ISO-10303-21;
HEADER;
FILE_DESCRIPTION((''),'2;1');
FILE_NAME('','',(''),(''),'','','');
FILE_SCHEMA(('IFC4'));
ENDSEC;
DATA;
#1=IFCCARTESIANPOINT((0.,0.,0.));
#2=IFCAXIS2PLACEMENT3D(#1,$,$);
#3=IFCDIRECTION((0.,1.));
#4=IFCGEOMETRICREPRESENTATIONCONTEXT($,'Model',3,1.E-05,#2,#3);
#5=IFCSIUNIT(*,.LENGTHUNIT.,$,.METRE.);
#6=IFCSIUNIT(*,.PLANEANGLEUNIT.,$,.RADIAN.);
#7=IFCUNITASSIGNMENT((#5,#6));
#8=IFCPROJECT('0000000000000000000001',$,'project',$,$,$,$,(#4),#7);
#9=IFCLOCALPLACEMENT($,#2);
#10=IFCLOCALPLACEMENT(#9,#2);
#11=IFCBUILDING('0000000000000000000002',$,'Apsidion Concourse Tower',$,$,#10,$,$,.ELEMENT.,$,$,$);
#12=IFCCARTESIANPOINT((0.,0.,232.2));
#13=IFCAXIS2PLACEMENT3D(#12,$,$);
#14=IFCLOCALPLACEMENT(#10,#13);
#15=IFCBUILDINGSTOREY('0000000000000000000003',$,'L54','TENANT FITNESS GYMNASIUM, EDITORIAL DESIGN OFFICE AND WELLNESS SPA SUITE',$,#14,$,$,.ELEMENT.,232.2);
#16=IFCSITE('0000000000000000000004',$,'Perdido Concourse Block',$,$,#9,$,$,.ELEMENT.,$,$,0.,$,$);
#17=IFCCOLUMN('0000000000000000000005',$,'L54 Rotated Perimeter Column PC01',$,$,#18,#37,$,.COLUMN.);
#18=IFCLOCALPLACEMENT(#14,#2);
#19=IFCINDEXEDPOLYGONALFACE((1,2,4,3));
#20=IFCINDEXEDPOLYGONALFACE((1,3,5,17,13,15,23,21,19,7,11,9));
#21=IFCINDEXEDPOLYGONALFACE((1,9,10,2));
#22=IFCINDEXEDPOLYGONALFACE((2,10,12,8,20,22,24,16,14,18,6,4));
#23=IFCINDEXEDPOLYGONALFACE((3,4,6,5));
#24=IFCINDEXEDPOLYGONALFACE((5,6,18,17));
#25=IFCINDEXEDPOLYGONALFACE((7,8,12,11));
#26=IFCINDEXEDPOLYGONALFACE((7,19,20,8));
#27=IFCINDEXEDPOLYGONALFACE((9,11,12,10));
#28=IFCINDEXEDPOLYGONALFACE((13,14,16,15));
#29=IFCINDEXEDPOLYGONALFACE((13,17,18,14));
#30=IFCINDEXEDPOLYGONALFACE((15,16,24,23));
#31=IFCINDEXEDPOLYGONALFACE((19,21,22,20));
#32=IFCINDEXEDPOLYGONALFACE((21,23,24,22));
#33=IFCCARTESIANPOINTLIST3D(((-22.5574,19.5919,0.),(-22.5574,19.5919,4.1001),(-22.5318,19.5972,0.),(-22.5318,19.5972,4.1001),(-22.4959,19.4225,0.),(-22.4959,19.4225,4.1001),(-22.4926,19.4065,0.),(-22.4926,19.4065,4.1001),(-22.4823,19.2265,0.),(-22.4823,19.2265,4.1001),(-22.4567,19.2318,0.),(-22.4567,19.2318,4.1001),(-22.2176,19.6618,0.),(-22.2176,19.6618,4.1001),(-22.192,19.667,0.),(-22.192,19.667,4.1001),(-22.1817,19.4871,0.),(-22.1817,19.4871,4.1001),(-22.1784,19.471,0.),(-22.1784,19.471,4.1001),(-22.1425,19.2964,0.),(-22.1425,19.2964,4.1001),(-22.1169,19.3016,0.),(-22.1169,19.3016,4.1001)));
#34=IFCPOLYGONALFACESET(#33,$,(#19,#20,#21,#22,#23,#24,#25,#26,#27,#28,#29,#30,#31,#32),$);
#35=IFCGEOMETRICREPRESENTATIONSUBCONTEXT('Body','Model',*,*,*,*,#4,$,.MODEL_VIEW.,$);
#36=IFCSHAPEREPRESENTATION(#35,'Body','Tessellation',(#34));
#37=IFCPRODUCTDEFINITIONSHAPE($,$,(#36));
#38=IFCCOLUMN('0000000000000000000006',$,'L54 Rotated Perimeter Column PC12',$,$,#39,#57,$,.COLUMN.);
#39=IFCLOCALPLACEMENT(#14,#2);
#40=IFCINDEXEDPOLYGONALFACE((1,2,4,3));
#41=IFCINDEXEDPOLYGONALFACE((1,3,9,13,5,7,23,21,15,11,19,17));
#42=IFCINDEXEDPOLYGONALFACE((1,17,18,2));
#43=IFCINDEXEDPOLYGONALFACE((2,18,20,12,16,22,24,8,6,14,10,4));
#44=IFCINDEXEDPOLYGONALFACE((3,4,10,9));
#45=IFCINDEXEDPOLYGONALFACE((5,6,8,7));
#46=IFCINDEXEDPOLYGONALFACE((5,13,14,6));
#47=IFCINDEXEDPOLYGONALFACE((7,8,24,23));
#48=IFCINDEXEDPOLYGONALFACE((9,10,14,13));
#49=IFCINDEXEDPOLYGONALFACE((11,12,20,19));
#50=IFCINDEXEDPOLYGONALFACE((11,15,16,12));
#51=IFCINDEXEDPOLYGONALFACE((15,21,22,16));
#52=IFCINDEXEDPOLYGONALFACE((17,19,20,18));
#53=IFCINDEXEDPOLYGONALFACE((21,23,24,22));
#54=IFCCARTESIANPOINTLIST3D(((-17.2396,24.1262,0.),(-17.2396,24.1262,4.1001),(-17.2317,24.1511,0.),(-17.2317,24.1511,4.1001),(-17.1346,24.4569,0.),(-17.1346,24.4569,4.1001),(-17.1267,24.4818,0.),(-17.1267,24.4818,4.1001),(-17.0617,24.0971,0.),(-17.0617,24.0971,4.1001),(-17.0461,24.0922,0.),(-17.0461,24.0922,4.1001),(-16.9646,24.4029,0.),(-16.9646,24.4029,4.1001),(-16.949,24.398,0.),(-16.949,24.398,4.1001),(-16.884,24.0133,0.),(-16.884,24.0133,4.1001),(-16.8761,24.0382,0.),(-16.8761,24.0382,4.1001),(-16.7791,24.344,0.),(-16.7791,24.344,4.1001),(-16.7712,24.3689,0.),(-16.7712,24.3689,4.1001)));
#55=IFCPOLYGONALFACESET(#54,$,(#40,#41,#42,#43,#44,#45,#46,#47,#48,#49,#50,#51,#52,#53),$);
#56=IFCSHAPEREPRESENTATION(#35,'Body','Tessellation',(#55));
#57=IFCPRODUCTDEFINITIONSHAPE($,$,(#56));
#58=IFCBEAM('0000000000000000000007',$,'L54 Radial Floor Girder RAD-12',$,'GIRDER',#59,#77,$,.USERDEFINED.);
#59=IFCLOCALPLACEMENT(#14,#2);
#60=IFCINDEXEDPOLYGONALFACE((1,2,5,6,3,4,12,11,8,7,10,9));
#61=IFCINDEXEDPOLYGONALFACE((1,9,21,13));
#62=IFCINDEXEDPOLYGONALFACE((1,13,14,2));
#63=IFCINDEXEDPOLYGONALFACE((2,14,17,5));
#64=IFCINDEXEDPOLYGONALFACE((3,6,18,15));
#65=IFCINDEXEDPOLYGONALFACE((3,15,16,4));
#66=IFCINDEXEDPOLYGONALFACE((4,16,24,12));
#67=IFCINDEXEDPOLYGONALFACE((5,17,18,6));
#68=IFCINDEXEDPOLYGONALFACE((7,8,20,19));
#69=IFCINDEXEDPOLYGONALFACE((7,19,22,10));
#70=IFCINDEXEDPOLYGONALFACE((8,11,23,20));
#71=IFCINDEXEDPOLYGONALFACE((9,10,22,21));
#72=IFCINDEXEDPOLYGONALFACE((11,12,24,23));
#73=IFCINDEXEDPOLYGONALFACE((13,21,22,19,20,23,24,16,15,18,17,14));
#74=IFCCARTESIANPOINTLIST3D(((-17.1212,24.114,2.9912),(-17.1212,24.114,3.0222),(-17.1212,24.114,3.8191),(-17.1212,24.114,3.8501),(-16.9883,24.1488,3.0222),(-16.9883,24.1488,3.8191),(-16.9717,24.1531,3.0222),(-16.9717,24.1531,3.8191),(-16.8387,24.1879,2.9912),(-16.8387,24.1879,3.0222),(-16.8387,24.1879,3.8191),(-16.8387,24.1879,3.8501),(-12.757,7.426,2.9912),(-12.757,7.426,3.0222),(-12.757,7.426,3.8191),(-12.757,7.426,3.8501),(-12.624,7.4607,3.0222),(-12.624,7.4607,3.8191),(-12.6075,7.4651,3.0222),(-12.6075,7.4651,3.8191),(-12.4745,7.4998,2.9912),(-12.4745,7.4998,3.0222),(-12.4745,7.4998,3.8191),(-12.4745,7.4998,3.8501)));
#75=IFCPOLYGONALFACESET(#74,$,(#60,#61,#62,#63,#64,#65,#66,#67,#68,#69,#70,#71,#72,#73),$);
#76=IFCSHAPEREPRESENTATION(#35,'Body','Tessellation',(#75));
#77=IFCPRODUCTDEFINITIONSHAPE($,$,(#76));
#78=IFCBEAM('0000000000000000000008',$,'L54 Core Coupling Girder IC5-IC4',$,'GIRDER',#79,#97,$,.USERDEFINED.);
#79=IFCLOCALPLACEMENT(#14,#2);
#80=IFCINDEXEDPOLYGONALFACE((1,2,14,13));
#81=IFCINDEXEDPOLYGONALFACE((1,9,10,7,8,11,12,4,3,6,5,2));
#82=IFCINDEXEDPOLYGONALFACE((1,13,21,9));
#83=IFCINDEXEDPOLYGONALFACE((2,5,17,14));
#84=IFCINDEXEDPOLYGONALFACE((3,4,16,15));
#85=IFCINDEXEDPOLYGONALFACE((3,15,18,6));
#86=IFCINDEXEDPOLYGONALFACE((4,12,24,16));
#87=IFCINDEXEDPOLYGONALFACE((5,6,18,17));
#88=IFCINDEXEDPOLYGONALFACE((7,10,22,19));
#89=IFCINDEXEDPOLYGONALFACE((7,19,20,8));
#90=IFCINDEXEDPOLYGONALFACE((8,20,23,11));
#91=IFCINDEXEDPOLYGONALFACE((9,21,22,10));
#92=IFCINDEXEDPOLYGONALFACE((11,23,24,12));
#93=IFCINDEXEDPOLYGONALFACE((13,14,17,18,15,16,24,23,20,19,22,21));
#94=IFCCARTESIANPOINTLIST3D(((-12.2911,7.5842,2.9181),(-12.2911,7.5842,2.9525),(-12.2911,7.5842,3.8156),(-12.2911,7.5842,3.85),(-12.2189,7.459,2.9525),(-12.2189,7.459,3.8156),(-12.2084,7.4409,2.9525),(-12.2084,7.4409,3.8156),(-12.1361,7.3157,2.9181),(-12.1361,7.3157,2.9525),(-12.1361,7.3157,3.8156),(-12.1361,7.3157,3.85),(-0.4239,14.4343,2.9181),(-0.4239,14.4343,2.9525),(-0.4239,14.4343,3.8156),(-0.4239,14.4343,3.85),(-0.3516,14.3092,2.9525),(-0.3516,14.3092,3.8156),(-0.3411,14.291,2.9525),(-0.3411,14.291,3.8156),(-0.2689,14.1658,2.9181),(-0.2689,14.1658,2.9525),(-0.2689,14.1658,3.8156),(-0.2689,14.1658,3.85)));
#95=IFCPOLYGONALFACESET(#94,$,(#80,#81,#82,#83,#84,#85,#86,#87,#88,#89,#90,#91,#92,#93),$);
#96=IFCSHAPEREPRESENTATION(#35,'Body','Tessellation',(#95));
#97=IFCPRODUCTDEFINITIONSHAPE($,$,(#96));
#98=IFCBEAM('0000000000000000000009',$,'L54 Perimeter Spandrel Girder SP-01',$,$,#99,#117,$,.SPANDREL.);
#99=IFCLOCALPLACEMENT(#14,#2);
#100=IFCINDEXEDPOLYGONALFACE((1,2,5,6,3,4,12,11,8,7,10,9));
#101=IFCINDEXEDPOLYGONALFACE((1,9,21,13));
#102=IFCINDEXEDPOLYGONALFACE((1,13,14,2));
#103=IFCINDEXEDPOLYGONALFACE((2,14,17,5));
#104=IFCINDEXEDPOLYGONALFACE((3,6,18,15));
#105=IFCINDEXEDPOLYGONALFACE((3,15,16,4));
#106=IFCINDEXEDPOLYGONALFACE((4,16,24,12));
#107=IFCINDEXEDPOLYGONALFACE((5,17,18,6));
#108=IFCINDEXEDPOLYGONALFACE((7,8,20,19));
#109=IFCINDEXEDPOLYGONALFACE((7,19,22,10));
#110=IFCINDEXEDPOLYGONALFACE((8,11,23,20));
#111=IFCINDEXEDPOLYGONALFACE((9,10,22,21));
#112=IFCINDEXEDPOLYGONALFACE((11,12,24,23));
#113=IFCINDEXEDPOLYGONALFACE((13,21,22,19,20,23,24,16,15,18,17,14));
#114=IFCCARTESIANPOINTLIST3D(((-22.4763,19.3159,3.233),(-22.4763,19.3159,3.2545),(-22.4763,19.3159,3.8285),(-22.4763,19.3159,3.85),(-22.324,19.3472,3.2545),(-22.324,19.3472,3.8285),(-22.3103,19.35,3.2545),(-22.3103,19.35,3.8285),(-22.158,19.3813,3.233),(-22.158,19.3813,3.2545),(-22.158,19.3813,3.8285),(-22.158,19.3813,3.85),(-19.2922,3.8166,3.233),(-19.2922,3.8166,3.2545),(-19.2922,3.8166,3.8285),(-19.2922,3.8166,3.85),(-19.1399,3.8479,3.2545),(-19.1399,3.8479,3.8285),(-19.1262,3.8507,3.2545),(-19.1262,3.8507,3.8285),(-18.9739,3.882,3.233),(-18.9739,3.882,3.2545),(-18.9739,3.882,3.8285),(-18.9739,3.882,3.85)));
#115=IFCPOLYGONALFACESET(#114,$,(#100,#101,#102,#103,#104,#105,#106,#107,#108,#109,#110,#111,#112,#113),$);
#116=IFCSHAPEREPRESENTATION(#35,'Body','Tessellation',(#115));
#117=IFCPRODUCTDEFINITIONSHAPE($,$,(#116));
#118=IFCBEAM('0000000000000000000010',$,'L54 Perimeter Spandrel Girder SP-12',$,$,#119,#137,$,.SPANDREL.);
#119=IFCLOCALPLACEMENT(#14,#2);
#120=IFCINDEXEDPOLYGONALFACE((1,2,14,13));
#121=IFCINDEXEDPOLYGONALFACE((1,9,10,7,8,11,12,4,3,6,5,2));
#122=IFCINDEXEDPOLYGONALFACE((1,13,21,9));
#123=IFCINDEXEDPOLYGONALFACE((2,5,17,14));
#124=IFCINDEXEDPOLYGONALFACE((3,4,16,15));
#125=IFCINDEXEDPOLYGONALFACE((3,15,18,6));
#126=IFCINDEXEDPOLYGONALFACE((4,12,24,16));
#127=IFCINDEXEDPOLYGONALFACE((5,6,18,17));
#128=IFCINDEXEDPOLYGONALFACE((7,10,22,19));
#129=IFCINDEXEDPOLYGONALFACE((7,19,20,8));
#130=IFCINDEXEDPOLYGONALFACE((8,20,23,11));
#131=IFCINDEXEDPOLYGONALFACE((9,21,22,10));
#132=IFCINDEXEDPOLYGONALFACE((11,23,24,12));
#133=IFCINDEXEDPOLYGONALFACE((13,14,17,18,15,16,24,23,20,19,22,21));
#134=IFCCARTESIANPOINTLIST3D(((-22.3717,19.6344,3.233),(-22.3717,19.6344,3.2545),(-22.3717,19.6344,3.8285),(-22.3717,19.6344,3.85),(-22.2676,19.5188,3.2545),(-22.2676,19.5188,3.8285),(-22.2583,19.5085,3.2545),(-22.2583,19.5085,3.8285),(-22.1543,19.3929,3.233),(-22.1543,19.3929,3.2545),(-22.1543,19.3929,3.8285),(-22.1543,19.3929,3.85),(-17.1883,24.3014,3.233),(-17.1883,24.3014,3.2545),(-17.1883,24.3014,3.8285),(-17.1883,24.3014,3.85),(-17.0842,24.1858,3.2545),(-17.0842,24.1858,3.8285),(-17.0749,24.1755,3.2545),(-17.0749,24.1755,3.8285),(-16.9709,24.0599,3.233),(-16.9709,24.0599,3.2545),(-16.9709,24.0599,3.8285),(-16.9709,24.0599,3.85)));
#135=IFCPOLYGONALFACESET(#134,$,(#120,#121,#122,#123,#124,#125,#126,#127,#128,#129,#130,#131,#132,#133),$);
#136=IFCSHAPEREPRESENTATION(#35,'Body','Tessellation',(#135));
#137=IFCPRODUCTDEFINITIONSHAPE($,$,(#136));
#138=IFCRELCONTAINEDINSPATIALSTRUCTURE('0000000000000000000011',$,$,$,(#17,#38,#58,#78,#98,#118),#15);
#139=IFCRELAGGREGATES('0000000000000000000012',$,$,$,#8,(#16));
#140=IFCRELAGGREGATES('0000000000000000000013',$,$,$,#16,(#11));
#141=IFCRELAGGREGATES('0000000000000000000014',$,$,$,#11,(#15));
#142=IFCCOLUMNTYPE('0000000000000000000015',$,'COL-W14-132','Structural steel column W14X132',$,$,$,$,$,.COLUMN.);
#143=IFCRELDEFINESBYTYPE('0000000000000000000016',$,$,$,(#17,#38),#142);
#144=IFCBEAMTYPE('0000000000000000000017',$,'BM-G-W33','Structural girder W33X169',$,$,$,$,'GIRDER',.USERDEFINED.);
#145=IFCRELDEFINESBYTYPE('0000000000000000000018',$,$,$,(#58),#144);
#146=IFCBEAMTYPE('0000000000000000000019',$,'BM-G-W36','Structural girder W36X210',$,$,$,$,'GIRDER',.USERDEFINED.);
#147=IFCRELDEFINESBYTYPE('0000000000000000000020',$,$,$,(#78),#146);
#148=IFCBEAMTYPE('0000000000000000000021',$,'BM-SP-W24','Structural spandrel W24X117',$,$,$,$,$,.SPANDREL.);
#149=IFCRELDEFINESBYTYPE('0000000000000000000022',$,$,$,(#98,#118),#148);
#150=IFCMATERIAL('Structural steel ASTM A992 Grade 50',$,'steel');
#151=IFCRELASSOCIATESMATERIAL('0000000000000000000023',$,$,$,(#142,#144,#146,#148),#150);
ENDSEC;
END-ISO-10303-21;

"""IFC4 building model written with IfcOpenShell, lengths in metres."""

from ifc_helpers import new_model, si_unit, direction, frame, origin, origin_2d, place, context, subcontext, project, spatial, i_section, extrude, material, material_profile, profile_set, type_object, element, save


model = new_model("IFC4")

# Units and contexts
model_context = context("Model", 3, precision=1e-05, world=origin(), true_north=direction((0.0, 1.0)))
body_context = subcontext(model_context, "Body", "Model", "MODEL_VIEW")
ifc_project = project(units=[si_unit("LENGTHUNIT", "METRE"), si_unit("PLANEANGLEUNIT", "RADIAN")], contexts=[model_context])

# Site, building, storey
site_placement = place(None, origin())
site = spatial("IfcSite", under=ifc_project, at=site_placement, Name="Perdido Concourse Block", CompositionType="ELEMENT", RefElevation=0.0)
building_placement = place(site_placement, origin())
building = spatial("IfcBuilding", under=site, at=building_placement, Name="Apsidion Concourse Tower", CompositionType="ELEMENT")
storey_placement = place(building_placement, frame((0.0, 0.0, 232.2)))
storey = spatial("IfcBuildingStorey", under=building, at=storey_placement, Name="L54", Description="TENANT FITNESS GYMNASIUM, EDITORIAL DESIGN OFFICE AND WELLNESS SPA SUITE", CompositionType="ELEMENT", Elevation=232.2)

# Columns
ifc_material_1 = material(Name="Structural steel ASTM A992 Grade 50", Category="steel")
ifc_material_profile_1 = material_profile(ifc_material_1, i_section(OverallWidth=0.373, OverallDepth=0.373, WebThickness=0.0164, FlangeThickness=0.0261, at=origin_2d()), Name="W14X132")
ifc_profile_set_1 = profile_set([ifc_material_profile_1], Name="Structural steel ASTM A992 Grade 50")
column_type = type_object("IfcColumnType", Name="COL-W14-132", Description="Structural steel column W14X132", PredefinedType="COLUMN", material=ifc_profile_set_1)
for number, where, z_axis, x_axis, name in (
    (1, (-22.3372, 19.4468, 0.0), (0.0, 0.0, 1.0), (-0.201249, 0.97954, 0.0), "L54 Rotated Perimeter Column PC01"),
    (2, (-17.0054, 24.2476, 0.0), (0.0, 0.0, 1.0), (-0.953138, 0.302536, 0.0), "L54 Rotated Perimeter Column PC12"),
):
    element("IfcColumn", number, at=place(storey_placement, frame(where, z_axis=z_axis, x_axis=x_axis)), inside=storey, type_object=column_type, Name=name, PredefinedType="COLUMN", context=body_context, shape_type="SweptSolid", body=[
        extrude(i_section(OverallWidth=0.373, OverallDepth=0.373, WebThickness=0.0164, FlangeThickness=0.0261, at=origin_2d()), origin(), (0.0, 0.0, 1.0), 4.1001),
    ])

# Beams
ifc_material_profile_2 = material_profile(ifc_material_1, i_section(OverallWidth=0.292, OverallDepth=0.8589, WebThickness=0.0171, FlangeThickness=0.031, at=origin_2d()), Name="W33X169")
ifc_profile_set_2 = profile_set([ifc_material_profile_2], Name="Structural steel ASTM A992 Grade 50")
beam_type_1 = type_object("IfcBeamType", Name="BM-G-W33", Description="Structural girder W33X169", ElementType="GIRDER", PredefinedType="USERDEFINED", material=ifc_profile_set_2)
beam_1_placement = place(storey_placement, frame((-12.6157, 7.4629, 3.4207), z_axis=(-0.253012, 0.967463, 0.0), x_axis=(-0.967463, -0.253012, 0.0)))
element("IfcBeam", 3, at=beam_1_placement, inside=storey, type_object=beam_type_1, Name="L54 Radial Floor Girder RAD-12", ObjectType="GIRDER", PredefinedType="USERDEFINED", context=body_context, shape_type="SweptSolid", body=[
    extrude(i_section(OverallWidth=0.292, OverallDepth=0.8589, WebThickness=0.0171, FlangeThickness=0.031, at=origin_2d()), origin(), (0.0, 0.0, 1.0), 17.2493),
])
ifc_material_profile_3 = material_profile(ifc_material_1, i_section(OverallWidth=0.3101, OverallDepth=0.9319, WebThickness=0.021, FlangeThickness=0.0344, at=origin_2d()), Name="W36X210")
ifc_profile_set_3 = profile_set([ifc_material_profile_3], Name="Structural steel ASTM A992 Grade 50")
beam_type_2 = type_object("IfcBeamType", Name="BM-G-W36", Description="Structural girder W36X210", ElementType="GIRDER", PredefinedType="USERDEFINED", material=ifc_profile_set_3)
beam_2_placement = place(storey_placement, frame((-12.2136, 7.45, 3.384), z_axis=(0.86607, 0.499922, 0.0), x_axis=(-0.499922, 0.86607, 0.0)))
element("IfcBeam", 4, at=beam_2_placement, inside=storey, type_object=beam_type_2, Name="L54 Core Coupling Girder IC5-IC4", ObjectType="GIRDER", PredefinedType="USERDEFINED", context=body_context, shape_type="SweptSolid", body=[
    extrude(i_section(OverallWidth=0.3101, OverallDepth=0.9319, WebThickness=0.021, FlangeThickness=0.0344, at=origin_2d()), origin(), (0.0, 0.0, 1.0), 13.7024),
])
ifc_material_profile_4 = material_profile(ifc_material_1, i_section(OverallWidth=0.325, OverallDepth=0.6169, WebThickness=0.0139, FlangeThickness=0.0215, at=origin_2d()), Name="W24X117")
ifc_profile_set_4 = profile_set([ifc_material_profile_4], Name="Structural steel ASTM A992 Grade 50")
beam_type_3 = type_object("IfcBeamType", Name="BM-SP-W24", Description="Structural spandrel W24X117", PredefinedType="SPANDREL", material=ifc_profile_set_4)
beam_3_placement = place(storey_placement, frame((-22.3171, 19.3486, 3.5415), z_axis=(0.201232, -0.979544, 0.0), x_axis=(0.979544, 0.201232, 0.0)))
element("IfcBeam", 5, at=beam_3_placement, inside=storey, type_object=beam_type_3, Name="L54 Perimeter Spandrel Girder SP-01", PredefinedType="SPANDREL", context=body_context, shape_type="SweptSolid", body=[
    extrude(i_section(OverallWidth=0.325, OverallDepth=0.6169, WebThickness=0.0139, FlangeThickness=0.0215, at=origin_2d()), origin(), (0.0, 0.0, 1.0), 15.823),
])
beam_4_placement = place(storey_placement, frame((-17.0796, 24.1807, 3.5415), z_axis=(-0.743153, -0.669121, 0.0), x_axis=(0.669121, -0.743153, 0.0)))
element("IfcBeam", 6, at=beam_4_placement, inside=storey, type_object=beam_type_3, Name="L54 Perimeter Spandrel Girder SP-12", PredefinedType="SPANDREL", context=body_context, shape_type="SweptSolid", body=[
    extrude(i_section(OverallWidth=0.325, OverallDepth=0.6169, WebThickness=0.0139, FlangeThickness=0.0215, at=origin_2d()), origin(), (0.0, 0.0, 1.0), 6.9749),
])

save(model, "model.ifc")
